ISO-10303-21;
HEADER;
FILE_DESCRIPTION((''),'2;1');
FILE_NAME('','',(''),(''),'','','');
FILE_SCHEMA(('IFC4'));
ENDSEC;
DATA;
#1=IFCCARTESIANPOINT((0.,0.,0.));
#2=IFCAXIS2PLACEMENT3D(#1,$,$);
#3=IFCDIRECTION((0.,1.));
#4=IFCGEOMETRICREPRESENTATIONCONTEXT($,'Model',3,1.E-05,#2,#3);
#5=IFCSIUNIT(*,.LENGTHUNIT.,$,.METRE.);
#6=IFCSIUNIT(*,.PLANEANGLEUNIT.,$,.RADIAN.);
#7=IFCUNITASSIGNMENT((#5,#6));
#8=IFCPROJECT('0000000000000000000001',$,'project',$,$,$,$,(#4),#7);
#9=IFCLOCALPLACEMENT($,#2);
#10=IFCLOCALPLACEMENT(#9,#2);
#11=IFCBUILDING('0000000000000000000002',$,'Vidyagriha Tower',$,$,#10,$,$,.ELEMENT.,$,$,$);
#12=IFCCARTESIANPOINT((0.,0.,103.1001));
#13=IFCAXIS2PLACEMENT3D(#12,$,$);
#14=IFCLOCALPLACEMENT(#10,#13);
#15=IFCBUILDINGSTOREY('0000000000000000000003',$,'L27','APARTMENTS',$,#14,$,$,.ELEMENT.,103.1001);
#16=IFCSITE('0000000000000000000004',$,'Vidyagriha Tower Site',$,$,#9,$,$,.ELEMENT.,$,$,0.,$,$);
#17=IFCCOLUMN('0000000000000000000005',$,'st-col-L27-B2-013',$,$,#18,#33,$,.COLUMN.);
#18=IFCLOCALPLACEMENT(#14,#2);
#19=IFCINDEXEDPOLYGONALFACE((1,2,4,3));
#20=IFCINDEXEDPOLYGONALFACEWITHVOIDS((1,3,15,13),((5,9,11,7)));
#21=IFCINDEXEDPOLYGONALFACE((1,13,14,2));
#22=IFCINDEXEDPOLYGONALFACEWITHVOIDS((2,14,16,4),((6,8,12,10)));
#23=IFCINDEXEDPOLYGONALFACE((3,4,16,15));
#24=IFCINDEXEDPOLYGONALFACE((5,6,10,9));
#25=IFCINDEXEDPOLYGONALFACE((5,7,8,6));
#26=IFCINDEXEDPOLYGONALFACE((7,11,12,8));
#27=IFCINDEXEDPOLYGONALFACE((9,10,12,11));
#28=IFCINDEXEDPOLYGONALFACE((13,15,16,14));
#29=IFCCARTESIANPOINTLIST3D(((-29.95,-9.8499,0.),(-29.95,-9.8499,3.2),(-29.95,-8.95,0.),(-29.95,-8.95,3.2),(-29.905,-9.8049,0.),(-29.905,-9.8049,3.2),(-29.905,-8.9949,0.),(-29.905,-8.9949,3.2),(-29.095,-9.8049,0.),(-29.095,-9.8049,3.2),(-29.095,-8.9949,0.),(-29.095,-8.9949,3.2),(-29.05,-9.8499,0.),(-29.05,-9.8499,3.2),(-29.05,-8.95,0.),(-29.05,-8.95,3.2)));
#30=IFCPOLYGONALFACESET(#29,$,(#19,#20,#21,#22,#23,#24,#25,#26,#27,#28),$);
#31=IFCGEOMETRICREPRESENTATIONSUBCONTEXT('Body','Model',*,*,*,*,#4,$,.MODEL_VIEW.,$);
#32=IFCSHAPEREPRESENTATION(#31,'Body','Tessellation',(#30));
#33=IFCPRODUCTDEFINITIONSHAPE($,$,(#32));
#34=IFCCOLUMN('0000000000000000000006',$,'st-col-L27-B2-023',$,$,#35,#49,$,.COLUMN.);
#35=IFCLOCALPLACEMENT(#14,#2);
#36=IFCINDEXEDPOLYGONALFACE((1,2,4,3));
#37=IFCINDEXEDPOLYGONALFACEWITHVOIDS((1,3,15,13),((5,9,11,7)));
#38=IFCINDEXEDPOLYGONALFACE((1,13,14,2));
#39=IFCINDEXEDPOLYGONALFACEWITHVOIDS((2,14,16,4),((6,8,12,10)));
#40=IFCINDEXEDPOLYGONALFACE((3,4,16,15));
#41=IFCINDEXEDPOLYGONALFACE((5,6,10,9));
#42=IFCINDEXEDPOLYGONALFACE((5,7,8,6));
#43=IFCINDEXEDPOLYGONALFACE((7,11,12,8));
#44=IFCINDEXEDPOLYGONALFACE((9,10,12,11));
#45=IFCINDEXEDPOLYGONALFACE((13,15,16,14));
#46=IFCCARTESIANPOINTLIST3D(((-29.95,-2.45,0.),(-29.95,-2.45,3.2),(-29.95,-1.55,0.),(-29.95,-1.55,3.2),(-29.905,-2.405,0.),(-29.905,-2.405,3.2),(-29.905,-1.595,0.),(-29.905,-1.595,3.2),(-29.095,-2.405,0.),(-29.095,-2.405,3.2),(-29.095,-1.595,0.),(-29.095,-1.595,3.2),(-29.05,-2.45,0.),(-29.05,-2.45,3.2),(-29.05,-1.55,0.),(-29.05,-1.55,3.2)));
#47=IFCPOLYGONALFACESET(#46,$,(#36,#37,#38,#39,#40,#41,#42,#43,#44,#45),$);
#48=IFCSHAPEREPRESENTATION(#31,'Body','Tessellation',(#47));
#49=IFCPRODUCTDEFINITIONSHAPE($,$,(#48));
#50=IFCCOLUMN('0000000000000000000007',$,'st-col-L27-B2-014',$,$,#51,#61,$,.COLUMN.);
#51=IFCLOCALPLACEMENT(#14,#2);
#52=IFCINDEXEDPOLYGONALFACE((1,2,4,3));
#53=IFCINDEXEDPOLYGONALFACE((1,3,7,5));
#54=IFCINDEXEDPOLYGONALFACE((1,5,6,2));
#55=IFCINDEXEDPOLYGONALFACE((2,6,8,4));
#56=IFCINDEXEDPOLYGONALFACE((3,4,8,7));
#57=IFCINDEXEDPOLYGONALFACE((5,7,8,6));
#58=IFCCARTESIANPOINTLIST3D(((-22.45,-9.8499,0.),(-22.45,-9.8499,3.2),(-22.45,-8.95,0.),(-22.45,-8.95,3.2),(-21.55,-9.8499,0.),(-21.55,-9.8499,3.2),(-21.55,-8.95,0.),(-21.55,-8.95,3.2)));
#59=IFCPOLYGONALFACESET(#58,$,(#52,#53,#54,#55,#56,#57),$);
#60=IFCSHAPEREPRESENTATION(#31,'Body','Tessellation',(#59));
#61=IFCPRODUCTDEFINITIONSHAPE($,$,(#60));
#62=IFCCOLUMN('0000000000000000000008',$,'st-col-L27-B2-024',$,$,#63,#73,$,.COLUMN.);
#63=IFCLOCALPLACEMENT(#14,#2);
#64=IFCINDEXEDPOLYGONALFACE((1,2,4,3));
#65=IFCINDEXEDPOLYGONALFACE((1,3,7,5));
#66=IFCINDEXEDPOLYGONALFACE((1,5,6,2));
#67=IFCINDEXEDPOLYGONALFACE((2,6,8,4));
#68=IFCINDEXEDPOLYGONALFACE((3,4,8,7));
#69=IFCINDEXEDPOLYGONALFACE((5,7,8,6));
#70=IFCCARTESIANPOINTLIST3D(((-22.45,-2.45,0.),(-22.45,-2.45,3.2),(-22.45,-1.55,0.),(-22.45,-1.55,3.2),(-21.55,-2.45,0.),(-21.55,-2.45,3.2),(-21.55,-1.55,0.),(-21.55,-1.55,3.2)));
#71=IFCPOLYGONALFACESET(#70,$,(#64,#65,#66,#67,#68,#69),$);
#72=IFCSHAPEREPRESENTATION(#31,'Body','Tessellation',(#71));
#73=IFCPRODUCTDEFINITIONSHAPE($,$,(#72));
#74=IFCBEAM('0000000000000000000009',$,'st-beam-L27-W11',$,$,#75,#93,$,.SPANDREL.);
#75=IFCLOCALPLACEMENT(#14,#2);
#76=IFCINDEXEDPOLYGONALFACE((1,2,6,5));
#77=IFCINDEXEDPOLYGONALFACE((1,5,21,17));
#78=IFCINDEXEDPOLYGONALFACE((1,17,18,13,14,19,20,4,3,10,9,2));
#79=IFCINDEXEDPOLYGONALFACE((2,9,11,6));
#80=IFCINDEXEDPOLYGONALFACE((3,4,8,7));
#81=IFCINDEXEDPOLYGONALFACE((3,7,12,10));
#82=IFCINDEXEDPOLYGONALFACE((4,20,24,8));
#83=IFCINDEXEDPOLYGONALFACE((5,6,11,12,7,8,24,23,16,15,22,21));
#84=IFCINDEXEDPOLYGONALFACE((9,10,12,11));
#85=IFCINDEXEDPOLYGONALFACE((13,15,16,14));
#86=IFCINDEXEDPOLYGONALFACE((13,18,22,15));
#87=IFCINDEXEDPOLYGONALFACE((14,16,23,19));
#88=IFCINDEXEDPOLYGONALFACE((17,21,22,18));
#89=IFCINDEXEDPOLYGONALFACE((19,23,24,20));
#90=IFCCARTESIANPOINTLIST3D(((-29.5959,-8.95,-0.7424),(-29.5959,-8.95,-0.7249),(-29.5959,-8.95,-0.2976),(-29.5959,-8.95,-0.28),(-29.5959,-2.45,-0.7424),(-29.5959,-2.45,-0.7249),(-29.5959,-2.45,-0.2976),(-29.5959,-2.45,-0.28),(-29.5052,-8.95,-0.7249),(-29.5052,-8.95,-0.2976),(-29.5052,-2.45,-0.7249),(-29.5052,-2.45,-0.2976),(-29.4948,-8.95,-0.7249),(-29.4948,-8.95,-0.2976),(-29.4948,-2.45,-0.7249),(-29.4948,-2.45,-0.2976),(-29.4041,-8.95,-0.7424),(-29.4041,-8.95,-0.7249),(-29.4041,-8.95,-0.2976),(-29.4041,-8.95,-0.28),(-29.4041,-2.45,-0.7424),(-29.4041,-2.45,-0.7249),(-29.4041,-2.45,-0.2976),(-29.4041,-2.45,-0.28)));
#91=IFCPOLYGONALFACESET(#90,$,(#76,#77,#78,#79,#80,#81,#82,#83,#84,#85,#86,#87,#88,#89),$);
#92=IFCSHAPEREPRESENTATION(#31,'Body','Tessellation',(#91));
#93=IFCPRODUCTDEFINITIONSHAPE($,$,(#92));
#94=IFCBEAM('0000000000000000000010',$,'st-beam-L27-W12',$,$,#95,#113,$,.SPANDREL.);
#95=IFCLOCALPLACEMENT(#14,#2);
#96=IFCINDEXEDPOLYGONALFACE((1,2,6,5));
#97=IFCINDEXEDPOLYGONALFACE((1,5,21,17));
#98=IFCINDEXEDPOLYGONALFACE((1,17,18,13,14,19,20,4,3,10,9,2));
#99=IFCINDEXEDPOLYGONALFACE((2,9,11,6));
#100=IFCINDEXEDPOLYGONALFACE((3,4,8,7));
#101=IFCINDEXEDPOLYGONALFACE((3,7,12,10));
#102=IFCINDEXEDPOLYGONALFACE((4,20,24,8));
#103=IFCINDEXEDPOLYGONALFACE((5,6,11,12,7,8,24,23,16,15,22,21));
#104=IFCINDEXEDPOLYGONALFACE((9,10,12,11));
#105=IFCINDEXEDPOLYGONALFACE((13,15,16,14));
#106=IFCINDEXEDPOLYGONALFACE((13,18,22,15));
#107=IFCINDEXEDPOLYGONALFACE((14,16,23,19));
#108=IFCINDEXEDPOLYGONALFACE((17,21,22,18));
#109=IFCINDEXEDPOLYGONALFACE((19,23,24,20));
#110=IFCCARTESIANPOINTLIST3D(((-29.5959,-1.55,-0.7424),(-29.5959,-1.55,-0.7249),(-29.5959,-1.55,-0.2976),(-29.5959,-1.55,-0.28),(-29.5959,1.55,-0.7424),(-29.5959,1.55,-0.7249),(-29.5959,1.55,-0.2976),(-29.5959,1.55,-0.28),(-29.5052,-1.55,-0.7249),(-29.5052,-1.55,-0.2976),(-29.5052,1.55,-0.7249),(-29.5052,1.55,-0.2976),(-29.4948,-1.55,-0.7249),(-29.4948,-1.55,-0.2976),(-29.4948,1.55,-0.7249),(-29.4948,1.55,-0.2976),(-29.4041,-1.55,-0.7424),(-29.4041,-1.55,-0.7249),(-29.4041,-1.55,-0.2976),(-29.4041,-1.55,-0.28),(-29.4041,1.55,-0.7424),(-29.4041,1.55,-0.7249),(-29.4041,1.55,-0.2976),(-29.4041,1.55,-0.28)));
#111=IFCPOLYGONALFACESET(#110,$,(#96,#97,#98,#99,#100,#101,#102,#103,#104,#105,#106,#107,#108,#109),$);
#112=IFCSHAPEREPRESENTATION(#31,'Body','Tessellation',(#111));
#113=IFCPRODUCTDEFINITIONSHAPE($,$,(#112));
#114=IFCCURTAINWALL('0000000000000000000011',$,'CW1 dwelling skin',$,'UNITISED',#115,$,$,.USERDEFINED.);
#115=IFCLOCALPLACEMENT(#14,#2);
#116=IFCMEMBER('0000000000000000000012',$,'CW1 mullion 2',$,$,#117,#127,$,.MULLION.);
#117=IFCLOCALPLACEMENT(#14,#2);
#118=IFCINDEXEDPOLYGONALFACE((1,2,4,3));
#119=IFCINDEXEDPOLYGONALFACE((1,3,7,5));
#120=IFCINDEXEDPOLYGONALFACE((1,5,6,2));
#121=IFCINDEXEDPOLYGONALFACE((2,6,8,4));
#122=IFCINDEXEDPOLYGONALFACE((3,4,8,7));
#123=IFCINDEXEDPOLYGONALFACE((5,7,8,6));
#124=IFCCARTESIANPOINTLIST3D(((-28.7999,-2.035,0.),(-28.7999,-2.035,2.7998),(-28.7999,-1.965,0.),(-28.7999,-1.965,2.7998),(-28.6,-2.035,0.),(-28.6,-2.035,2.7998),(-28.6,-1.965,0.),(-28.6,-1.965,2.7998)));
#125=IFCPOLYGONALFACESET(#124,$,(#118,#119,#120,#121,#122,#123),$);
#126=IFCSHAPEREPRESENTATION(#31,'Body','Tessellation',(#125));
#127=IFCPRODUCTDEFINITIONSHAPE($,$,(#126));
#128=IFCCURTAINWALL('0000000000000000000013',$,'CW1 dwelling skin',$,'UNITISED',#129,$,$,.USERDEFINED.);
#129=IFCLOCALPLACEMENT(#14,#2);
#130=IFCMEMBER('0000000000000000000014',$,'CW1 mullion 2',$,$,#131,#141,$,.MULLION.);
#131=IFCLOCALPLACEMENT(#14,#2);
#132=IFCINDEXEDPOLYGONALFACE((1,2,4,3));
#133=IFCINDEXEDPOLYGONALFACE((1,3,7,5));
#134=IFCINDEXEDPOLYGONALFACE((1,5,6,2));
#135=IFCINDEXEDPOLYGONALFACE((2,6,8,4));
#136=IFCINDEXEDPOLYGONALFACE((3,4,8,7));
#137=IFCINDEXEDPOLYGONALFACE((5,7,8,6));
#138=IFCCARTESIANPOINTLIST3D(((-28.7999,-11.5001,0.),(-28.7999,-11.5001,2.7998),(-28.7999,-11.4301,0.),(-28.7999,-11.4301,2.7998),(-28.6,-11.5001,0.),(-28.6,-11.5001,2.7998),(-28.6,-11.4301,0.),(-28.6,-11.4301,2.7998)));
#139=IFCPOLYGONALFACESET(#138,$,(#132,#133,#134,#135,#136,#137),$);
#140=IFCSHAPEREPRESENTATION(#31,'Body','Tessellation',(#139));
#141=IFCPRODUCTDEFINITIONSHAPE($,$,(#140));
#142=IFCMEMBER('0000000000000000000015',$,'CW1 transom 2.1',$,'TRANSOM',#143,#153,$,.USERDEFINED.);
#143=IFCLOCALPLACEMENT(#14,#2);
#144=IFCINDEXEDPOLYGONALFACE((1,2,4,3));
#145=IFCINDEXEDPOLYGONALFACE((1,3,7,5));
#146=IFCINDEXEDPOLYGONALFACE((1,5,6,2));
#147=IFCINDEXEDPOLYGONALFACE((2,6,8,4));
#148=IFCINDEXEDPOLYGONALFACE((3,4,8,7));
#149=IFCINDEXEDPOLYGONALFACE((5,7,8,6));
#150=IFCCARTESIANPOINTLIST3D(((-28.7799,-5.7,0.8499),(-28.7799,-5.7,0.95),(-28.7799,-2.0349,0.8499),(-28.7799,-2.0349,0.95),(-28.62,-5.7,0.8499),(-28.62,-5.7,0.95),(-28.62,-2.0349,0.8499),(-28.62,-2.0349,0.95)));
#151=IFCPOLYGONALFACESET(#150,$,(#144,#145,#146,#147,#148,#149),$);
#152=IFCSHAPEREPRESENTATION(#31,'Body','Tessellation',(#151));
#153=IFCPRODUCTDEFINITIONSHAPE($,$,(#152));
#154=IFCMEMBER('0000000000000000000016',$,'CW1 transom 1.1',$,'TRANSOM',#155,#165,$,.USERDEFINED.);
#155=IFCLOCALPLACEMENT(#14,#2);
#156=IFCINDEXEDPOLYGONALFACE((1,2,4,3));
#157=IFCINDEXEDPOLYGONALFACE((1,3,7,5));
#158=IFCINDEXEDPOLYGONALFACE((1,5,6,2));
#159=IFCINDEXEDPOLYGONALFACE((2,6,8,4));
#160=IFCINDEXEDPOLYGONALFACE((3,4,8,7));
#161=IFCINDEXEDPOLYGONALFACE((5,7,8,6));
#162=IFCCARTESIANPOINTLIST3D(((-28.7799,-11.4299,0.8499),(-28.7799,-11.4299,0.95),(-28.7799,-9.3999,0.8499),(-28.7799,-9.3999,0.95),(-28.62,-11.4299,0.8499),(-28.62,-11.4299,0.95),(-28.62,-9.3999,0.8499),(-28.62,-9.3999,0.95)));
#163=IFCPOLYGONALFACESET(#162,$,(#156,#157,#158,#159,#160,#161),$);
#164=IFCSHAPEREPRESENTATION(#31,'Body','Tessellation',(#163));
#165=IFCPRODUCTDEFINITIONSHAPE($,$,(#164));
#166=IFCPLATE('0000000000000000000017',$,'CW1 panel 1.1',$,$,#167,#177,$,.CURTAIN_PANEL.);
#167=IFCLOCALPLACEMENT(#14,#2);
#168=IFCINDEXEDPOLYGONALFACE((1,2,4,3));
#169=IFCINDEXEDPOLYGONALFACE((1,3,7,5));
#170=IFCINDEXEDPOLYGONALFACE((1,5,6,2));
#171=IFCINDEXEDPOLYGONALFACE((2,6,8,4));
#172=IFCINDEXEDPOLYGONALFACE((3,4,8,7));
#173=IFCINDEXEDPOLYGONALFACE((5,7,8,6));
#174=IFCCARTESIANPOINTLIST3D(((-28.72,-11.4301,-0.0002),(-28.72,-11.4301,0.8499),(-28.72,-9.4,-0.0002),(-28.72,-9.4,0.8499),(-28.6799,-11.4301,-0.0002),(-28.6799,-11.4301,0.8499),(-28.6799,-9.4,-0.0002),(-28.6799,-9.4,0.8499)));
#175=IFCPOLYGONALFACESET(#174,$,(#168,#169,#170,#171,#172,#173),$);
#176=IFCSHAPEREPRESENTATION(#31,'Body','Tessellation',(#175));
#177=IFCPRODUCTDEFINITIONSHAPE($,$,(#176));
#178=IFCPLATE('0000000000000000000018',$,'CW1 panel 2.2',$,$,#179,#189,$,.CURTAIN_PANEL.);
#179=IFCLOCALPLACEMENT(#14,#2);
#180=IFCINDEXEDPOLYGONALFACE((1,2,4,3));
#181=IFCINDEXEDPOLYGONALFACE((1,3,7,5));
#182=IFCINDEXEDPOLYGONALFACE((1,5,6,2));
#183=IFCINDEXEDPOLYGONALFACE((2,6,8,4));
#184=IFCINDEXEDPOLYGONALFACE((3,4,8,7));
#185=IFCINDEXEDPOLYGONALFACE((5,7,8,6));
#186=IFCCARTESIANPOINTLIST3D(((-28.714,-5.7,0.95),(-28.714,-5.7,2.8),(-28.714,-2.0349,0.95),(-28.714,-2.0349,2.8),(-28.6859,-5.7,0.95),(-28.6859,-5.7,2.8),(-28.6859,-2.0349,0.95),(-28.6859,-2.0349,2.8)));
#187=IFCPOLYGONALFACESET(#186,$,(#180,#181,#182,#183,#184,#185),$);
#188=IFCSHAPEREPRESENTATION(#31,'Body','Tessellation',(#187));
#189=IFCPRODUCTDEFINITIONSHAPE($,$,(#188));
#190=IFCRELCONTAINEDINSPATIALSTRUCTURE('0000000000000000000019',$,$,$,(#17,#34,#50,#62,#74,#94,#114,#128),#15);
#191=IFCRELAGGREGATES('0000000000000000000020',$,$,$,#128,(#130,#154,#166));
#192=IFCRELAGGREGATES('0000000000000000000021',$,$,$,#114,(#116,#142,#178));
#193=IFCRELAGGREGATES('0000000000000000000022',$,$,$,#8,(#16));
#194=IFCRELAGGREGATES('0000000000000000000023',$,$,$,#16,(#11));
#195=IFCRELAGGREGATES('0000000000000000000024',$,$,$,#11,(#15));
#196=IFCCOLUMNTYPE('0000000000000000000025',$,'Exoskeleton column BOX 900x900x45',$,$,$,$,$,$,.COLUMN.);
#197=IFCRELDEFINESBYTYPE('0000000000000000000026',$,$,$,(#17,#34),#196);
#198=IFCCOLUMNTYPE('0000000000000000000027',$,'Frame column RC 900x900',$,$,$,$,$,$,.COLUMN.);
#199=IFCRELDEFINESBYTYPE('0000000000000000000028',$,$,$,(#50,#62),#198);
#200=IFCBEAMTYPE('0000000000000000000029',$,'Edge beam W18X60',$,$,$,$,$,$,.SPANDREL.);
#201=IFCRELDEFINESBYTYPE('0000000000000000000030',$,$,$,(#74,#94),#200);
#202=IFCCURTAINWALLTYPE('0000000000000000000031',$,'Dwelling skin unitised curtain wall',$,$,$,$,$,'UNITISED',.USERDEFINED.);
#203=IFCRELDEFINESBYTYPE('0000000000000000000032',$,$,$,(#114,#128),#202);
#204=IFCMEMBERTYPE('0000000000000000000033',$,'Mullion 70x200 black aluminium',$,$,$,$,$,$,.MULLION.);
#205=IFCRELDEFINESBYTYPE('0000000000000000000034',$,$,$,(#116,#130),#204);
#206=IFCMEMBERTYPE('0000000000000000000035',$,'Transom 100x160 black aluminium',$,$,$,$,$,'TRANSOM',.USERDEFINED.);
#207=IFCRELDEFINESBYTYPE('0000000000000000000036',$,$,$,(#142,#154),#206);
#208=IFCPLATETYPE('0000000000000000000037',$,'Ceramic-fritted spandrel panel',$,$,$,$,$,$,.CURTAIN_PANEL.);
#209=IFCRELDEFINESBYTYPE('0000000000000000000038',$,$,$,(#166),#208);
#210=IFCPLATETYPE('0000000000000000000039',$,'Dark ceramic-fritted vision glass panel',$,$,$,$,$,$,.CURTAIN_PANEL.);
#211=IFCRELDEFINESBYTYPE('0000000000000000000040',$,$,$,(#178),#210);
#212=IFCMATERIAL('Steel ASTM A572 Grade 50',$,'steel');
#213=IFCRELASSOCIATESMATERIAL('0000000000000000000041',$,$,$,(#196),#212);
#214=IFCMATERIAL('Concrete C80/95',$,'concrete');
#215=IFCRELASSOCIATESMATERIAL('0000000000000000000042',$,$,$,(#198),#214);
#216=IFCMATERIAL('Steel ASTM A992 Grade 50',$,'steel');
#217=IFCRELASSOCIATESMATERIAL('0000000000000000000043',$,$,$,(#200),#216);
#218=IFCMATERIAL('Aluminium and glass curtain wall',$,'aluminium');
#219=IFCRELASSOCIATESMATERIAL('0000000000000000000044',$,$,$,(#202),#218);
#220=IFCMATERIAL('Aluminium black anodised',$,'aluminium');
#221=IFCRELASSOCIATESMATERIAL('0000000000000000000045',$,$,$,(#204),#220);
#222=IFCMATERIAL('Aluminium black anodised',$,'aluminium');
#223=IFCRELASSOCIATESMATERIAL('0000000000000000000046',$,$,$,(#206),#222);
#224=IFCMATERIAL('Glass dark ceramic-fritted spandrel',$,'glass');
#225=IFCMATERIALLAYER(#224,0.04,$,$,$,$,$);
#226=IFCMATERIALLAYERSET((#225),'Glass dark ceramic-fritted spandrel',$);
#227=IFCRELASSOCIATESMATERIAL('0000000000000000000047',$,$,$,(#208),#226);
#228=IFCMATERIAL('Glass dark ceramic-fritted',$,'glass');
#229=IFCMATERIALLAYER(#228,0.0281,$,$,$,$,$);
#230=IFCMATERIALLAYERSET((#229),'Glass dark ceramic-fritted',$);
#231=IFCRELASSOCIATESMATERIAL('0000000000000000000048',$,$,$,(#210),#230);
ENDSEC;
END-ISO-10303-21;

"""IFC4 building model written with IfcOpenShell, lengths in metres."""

from ifc_helpers import new_model, si_unit, direction, frame, origin, origin_2d, place, context, subcontext, project, spatial, rectangle, hollow_rectangle, i_section, extrude, material, layer, layer_set, material_profile, profile_set, type_object, element, aggregate, save


model = new_model("IFC4")

# Units and contexts
model_context = context("Model", 3, precision=1e-05, world=origin(), true_north=direction((0.0, 1.0)))
body_context = subcontext(model_context, "Body", "Model", "MODEL_VIEW")
ifc_project = project(units=[si_unit("LENGTHUNIT", "METRE"), si_unit("PLANEANGLEUNIT", "RADIAN")], contexts=[model_context])

# Site, building, storey
site_placement = place(None, origin())
site = spatial("IfcSite", under=ifc_project, at=site_placement, Name="Vidyagriha Tower Site", CompositionType="ELEMENT", RefElevation=0.0)
building_placement = place(site_placement, origin())
building = spatial("IfcBuilding", under=site, at=building_placement, Name="Vidyagriha Tower", CompositionType="ELEMENT")
storey_placement = place(building_placement, frame((0.0, 0.0, 103.1001)))
storey = spatial("IfcBuildingStorey", under=building, at=storey_placement, Name="L27", Description="APARTMENTS", CompositionType="ELEMENT", Elevation=103.1001)

# Columns
ifc_material_1 = material(Name="Steel ASTM A572 Grade 50", Category="steel")
ifc_material_profile_1 = material_profile(ifc_material_1, hollow_rectangle(XDim=0.8999, YDim=0.8999, WallThickness=0.0449, at=origin_2d()), Name="BOX 900x900x45")
ifc_profile_set_1 = profile_set([ifc_material_profile_1], Name="Steel ASTM A572 Grade 50")
column_type_1 = type_object("IfcColumnType", Name="Exoskeleton column BOX 900x900x45", PredefinedType="COLUMN", material=ifc_profile_set_1)
for number, where, name in (
    (1, (-29.5, -9.3999, 0.0), "st-col-L27-B2-013"),
    (2, (-29.5, -2.0, 0.0), "st-col-L27-B2-023"),
):
    element("IfcColumn", number, at=place(storey_placement, frame(where)), inside=storey, type_object=column_type_1, Name=name, PredefinedType="COLUMN", context=body_context, shape_type="SweptSolid", body=[
        extrude(hollow_rectangle(XDim=0.8999, YDim=0.8999, WallThickness=0.0449, at=origin_2d()), origin(), (0.0, 0.0, 1.0), 3.2),
    ])
ifc_material_2 = material(Name="Concrete C80/95", Category="concrete")
ifc_material_profile_2 = material_profile(ifc_material_2, rectangle(XDim=0.8999, YDim=0.8999, at=origin_2d()), Name="RC 900x900")
ifc_profile_set_2 = profile_set([ifc_material_profile_2], Name="Concrete C80/95")
column_type_2 = type_object("IfcColumnType", Name="Frame column RC 900x900", PredefinedType="COLUMN", material=ifc_profile_set_2)
for number, where, name in (
    (3, (-22.0, -9.3999, 0.0), "st-col-L27-B2-014"),
    (4, (-22.0, -2.0, 0.0), "st-col-L27-B2-024"),
):
    element("IfcColumn", number, at=place(storey_placement, frame(where)), inside=storey, type_object=column_type_2, Name=name, PredefinedType="COLUMN", context=body_context, shape_type="SweptSolid", body=[
        extrude(rectangle(XDim=0.8999, YDim=0.8999, at=origin_2d()), origin(), (0.0, 0.0, 1.0), 3.2),
    ])

# Beams
ifc_material_3 = material(Name="Steel ASTM A992 Grade 50", Category="steel")
ifc_material_profile_3 = material_profile(ifc_material_3, i_section(OverallWidth=0.1919, OverallDepth=0.4624, WebThickness=0.0105, FlangeThickness=0.0176, at=origin_2d()), Name="W18X60")
ifc_profile_set_3 = profile_set([ifc_material_profile_3], Name="Steel ASTM A992 Grade 50")
beam_type = type_object("IfcBeamType", Name="Edge beam W18X60", PredefinedType="SPANDREL", material=ifc_profile_set_3)
beam_1_placement = place(storey_placement, frame((-29.5, -8.95, -0.5112), z_axis=(0.0, 1.0, 0.0), x_axis=(-1.0, 0.0, 0.0)))
element("IfcBeam", 5, at=beam_1_placement, inside=storey, type_object=beam_type, Name="st-beam-L27-W11", PredefinedType="SPANDREL", context=body_context, shape_type="SweptSolid", body=[
    extrude(i_section(OverallWidth=0.1919, OverallDepth=0.4624, WebThickness=0.0105, FlangeThickness=0.0176, at=origin_2d()), origin(), (0.0, 0.0, 1.0), 6.5),
])
beam_2_placement = place(storey_placement, frame((-29.5, -1.55, -0.5112), z_axis=(0.0, 1.0, 0.0), x_axis=(-1.0, 0.0, 0.0)))
element("IfcBeam", 6, at=beam_2_placement, inside=storey, type_object=beam_type, Name="st-beam-L27-W12", PredefinedType="SPANDREL", context=body_context, shape_type="SweptSolid", body=[
    extrude(i_section(OverallWidth=0.1919, OverallDepth=0.4624, WebThickness=0.0105, FlangeThickness=0.0176, at=origin_2d()), origin(), (0.0, 0.0, 1.0), 3.1001),
])

# Curtain walls, members
ifc_material_4 = material(Name="Aluminium and glass curtain wall", Category="aluminium")
curtain_wall_type = type_object("IfcCurtainWallType", Name="Dwelling skin unitised curtain wall", ElementType="UNITISED", PredefinedType="USERDEFINED", material=ifc_material_4)
curtain_wall_1_placement = place(storey_placement, origin())
curtain_wall_1 = element("IfcCurtainWall", 7, at=curtain_wall_1_placement, inside=storey, type_object=curtain_wall_type, Name="CW1 dwelling skin", ObjectType="UNITISED", PredefinedType="USERDEFINED")
ifc_material_5 = material(Name="Aluminium black anodised", Category="aluminium")
ifc_material_profile_4 = material_profile(ifc_material_5, rectangle(XDim=0.2, YDim=0.0701, at=origin_2d()), Name="Mullion 70x200 black aluminium")
ifc_profile_set_4 = profile_set([ifc_material_profile_4], Name="Aluminium black anodised")
member_type_1 = type_object("IfcMemberType", Name="Mullion 70x200 black aluminium", PredefinedType="MULLION", material=ifc_profile_set_4)
member_1_placement = place(storey_placement, frame((-28.7, -2.0, 0.0)))
member_1 = element("IfcMember", 8, at=member_1_placement, type_object=member_type_1, Name="CW1 mullion 2", PredefinedType="MULLION", context=body_context, shape_type="SweptSolid", body=[
    extrude(rectangle(XDim=0.2, YDim=0.0701, at=origin_2d()), origin(), (0.0, 0.0, 1.0), 2.7998),
])
curtain_wall_2_placement = place(storey_placement, origin())
curtain_wall_2 = element("IfcCurtainWall", 9, at=curtain_wall_2_placement, inside=storey, type_object=curtain_wall_type, Name="CW1 dwelling skin", ObjectType="UNITISED", PredefinedType="USERDEFINED")
member_2_placement = place(storey_placement, frame((-28.7, -11.4651, 0.0)))
member_2 = element("IfcMember", 10, at=member_2_placement, type_object=member_type_1, Name="CW1 mullion 2", PredefinedType="MULLION", context=body_context, shape_type="SweptSolid", body=[
    extrude(rectangle(XDim=0.2, YDim=0.0701, at=origin_2d()), origin(), (0.0, 0.0, 1.0), 2.7998),
])

# Members
ifc_material_6 = material(Name="Aluminium black anodised", Category="aluminium")
ifc_material_profile_5 = material_profile(ifc_material_6, rectangle(XDim=0.1599, YDim=0.1001, at=origin_2d()), Name="Transom 100x160 black aluminium")
ifc_profile_set_5 = profile_set([ifc_material_profile_5], Name="Aluminium black anodised")
member_type_2 = type_object("IfcMemberType", Name="Transom 100x160 black aluminium", ElementType="TRANSOM", PredefinedType="USERDEFINED", material=ifc_profile_set_5)
member_3_placement = place(storey_placement, frame((-28.7, -2.0349, 0.8999), z_axis=(0.0, -1.0, 0.0), x_axis=(1.0, 0.0, 0.0)))
member_3 = element("IfcMember", 11, at=member_3_placement, type_object=member_type_2, Name="CW1 transom 2.1", ObjectType="TRANSOM", PredefinedType="USERDEFINED", context=body_context, shape_type="SweptSolid", body=[
    extrude(rectangle(XDim=0.1599, YDim=0.1001, at=origin_2d()), origin(), (0.0, 0.0, 1.0), 3.665),
])
member_4_placement = place(storey_placement, frame((-28.7, -9.3999, 0.8999), z_axis=(0.0, -1.0, 0.0), x_axis=(1.0, 0.0, 0.0)))
member_4 = element("IfcMember", 12, at=member_4_placement, type_object=member_type_2, Name="CW1 transom 1.1", ObjectType="TRANSOM", PredefinedType="USERDEFINED", context=body_context, shape_type="SweptSolid", body=[
    extrude(rectangle(XDim=0.1599, YDim=0.1001, at=origin_2d()), origin(), (0.0, 0.0, 1.0), 2.03),
])

# Plates
ifc_material_7 = material(Name="Glass dark ceramic-fritted spandrel", Category="glass")
ifc_layer_1 = layer(ifc_material_7, 0.04)
ifc_layer_set_1 = layer_set([ifc_layer_1], Name="Glass dark ceramic-fritted spandrel")
plate_type_1 = type_object("IfcPlateType", Name="Ceramic-fritted spandrel panel", PredefinedType="CURTAIN_PANEL", material=ifc_layer_set_1)
plate_1_placement = place(storey_placement, frame((-28.7, -10.415, -0.0002), z_axis=(0.0, 0.0, 1.0), x_axis=(0.0, -1.0, 0.0)))
plate_1 = element("IfcPlate", 13, at=plate_1_placement, type_object=plate_type_1, Name="CW1 panel 1.1", PredefinedType="CURTAIN_PANEL", context=body_context, shape_type="SweptSolid", body=[
    extrude(rectangle(XDim=2.03, YDim=0.04, at=origin_2d()), origin(), (0.0, 0.0, 1.0), 0.8501),
])
ifc_material_8 = material(Name="Glass dark ceramic-fritted", Category="glass")
ifc_layer_2 = layer(ifc_material_8, 0.0281)
ifc_layer_set_2 = layer_set([ifc_layer_2], Name="Glass dark ceramic-fritted")
plate_type_2 = type_object("IfcPlateType", Name="Dark ceramic-fritted vision glass panel", PredefinedType="CURTAIN_PANEL", material=ifc_layer_set_2)
plate_2_placement = place(storey_placement, frame((-28.7, -3.8674, 0.95), z_axis=(0.0, 0.0, 1.0), x_axis=(0.0, -1.0, 0.0)))
plate_2 = element("IfcPlate", 14, at=plate_2_placement, type_object=plate_type_2, Name="CW1 panel 2.2", PredefinedType="CURTAIN_PANEL", context=body_context, shape_type="SweptSolid", body=[
    extrude(rectangle(XDim=3.665, YDim=0.0281, at=origin_2d()), origin(), (0.0, 0.0, 1.0), 1.8501),
])
aggregate(curtain_wall_2, [member_2, member_4, plate_1])
aggregate(curtain_wall_1, [member_1, member_3, plate_2])

save(model, "model.ifc")
